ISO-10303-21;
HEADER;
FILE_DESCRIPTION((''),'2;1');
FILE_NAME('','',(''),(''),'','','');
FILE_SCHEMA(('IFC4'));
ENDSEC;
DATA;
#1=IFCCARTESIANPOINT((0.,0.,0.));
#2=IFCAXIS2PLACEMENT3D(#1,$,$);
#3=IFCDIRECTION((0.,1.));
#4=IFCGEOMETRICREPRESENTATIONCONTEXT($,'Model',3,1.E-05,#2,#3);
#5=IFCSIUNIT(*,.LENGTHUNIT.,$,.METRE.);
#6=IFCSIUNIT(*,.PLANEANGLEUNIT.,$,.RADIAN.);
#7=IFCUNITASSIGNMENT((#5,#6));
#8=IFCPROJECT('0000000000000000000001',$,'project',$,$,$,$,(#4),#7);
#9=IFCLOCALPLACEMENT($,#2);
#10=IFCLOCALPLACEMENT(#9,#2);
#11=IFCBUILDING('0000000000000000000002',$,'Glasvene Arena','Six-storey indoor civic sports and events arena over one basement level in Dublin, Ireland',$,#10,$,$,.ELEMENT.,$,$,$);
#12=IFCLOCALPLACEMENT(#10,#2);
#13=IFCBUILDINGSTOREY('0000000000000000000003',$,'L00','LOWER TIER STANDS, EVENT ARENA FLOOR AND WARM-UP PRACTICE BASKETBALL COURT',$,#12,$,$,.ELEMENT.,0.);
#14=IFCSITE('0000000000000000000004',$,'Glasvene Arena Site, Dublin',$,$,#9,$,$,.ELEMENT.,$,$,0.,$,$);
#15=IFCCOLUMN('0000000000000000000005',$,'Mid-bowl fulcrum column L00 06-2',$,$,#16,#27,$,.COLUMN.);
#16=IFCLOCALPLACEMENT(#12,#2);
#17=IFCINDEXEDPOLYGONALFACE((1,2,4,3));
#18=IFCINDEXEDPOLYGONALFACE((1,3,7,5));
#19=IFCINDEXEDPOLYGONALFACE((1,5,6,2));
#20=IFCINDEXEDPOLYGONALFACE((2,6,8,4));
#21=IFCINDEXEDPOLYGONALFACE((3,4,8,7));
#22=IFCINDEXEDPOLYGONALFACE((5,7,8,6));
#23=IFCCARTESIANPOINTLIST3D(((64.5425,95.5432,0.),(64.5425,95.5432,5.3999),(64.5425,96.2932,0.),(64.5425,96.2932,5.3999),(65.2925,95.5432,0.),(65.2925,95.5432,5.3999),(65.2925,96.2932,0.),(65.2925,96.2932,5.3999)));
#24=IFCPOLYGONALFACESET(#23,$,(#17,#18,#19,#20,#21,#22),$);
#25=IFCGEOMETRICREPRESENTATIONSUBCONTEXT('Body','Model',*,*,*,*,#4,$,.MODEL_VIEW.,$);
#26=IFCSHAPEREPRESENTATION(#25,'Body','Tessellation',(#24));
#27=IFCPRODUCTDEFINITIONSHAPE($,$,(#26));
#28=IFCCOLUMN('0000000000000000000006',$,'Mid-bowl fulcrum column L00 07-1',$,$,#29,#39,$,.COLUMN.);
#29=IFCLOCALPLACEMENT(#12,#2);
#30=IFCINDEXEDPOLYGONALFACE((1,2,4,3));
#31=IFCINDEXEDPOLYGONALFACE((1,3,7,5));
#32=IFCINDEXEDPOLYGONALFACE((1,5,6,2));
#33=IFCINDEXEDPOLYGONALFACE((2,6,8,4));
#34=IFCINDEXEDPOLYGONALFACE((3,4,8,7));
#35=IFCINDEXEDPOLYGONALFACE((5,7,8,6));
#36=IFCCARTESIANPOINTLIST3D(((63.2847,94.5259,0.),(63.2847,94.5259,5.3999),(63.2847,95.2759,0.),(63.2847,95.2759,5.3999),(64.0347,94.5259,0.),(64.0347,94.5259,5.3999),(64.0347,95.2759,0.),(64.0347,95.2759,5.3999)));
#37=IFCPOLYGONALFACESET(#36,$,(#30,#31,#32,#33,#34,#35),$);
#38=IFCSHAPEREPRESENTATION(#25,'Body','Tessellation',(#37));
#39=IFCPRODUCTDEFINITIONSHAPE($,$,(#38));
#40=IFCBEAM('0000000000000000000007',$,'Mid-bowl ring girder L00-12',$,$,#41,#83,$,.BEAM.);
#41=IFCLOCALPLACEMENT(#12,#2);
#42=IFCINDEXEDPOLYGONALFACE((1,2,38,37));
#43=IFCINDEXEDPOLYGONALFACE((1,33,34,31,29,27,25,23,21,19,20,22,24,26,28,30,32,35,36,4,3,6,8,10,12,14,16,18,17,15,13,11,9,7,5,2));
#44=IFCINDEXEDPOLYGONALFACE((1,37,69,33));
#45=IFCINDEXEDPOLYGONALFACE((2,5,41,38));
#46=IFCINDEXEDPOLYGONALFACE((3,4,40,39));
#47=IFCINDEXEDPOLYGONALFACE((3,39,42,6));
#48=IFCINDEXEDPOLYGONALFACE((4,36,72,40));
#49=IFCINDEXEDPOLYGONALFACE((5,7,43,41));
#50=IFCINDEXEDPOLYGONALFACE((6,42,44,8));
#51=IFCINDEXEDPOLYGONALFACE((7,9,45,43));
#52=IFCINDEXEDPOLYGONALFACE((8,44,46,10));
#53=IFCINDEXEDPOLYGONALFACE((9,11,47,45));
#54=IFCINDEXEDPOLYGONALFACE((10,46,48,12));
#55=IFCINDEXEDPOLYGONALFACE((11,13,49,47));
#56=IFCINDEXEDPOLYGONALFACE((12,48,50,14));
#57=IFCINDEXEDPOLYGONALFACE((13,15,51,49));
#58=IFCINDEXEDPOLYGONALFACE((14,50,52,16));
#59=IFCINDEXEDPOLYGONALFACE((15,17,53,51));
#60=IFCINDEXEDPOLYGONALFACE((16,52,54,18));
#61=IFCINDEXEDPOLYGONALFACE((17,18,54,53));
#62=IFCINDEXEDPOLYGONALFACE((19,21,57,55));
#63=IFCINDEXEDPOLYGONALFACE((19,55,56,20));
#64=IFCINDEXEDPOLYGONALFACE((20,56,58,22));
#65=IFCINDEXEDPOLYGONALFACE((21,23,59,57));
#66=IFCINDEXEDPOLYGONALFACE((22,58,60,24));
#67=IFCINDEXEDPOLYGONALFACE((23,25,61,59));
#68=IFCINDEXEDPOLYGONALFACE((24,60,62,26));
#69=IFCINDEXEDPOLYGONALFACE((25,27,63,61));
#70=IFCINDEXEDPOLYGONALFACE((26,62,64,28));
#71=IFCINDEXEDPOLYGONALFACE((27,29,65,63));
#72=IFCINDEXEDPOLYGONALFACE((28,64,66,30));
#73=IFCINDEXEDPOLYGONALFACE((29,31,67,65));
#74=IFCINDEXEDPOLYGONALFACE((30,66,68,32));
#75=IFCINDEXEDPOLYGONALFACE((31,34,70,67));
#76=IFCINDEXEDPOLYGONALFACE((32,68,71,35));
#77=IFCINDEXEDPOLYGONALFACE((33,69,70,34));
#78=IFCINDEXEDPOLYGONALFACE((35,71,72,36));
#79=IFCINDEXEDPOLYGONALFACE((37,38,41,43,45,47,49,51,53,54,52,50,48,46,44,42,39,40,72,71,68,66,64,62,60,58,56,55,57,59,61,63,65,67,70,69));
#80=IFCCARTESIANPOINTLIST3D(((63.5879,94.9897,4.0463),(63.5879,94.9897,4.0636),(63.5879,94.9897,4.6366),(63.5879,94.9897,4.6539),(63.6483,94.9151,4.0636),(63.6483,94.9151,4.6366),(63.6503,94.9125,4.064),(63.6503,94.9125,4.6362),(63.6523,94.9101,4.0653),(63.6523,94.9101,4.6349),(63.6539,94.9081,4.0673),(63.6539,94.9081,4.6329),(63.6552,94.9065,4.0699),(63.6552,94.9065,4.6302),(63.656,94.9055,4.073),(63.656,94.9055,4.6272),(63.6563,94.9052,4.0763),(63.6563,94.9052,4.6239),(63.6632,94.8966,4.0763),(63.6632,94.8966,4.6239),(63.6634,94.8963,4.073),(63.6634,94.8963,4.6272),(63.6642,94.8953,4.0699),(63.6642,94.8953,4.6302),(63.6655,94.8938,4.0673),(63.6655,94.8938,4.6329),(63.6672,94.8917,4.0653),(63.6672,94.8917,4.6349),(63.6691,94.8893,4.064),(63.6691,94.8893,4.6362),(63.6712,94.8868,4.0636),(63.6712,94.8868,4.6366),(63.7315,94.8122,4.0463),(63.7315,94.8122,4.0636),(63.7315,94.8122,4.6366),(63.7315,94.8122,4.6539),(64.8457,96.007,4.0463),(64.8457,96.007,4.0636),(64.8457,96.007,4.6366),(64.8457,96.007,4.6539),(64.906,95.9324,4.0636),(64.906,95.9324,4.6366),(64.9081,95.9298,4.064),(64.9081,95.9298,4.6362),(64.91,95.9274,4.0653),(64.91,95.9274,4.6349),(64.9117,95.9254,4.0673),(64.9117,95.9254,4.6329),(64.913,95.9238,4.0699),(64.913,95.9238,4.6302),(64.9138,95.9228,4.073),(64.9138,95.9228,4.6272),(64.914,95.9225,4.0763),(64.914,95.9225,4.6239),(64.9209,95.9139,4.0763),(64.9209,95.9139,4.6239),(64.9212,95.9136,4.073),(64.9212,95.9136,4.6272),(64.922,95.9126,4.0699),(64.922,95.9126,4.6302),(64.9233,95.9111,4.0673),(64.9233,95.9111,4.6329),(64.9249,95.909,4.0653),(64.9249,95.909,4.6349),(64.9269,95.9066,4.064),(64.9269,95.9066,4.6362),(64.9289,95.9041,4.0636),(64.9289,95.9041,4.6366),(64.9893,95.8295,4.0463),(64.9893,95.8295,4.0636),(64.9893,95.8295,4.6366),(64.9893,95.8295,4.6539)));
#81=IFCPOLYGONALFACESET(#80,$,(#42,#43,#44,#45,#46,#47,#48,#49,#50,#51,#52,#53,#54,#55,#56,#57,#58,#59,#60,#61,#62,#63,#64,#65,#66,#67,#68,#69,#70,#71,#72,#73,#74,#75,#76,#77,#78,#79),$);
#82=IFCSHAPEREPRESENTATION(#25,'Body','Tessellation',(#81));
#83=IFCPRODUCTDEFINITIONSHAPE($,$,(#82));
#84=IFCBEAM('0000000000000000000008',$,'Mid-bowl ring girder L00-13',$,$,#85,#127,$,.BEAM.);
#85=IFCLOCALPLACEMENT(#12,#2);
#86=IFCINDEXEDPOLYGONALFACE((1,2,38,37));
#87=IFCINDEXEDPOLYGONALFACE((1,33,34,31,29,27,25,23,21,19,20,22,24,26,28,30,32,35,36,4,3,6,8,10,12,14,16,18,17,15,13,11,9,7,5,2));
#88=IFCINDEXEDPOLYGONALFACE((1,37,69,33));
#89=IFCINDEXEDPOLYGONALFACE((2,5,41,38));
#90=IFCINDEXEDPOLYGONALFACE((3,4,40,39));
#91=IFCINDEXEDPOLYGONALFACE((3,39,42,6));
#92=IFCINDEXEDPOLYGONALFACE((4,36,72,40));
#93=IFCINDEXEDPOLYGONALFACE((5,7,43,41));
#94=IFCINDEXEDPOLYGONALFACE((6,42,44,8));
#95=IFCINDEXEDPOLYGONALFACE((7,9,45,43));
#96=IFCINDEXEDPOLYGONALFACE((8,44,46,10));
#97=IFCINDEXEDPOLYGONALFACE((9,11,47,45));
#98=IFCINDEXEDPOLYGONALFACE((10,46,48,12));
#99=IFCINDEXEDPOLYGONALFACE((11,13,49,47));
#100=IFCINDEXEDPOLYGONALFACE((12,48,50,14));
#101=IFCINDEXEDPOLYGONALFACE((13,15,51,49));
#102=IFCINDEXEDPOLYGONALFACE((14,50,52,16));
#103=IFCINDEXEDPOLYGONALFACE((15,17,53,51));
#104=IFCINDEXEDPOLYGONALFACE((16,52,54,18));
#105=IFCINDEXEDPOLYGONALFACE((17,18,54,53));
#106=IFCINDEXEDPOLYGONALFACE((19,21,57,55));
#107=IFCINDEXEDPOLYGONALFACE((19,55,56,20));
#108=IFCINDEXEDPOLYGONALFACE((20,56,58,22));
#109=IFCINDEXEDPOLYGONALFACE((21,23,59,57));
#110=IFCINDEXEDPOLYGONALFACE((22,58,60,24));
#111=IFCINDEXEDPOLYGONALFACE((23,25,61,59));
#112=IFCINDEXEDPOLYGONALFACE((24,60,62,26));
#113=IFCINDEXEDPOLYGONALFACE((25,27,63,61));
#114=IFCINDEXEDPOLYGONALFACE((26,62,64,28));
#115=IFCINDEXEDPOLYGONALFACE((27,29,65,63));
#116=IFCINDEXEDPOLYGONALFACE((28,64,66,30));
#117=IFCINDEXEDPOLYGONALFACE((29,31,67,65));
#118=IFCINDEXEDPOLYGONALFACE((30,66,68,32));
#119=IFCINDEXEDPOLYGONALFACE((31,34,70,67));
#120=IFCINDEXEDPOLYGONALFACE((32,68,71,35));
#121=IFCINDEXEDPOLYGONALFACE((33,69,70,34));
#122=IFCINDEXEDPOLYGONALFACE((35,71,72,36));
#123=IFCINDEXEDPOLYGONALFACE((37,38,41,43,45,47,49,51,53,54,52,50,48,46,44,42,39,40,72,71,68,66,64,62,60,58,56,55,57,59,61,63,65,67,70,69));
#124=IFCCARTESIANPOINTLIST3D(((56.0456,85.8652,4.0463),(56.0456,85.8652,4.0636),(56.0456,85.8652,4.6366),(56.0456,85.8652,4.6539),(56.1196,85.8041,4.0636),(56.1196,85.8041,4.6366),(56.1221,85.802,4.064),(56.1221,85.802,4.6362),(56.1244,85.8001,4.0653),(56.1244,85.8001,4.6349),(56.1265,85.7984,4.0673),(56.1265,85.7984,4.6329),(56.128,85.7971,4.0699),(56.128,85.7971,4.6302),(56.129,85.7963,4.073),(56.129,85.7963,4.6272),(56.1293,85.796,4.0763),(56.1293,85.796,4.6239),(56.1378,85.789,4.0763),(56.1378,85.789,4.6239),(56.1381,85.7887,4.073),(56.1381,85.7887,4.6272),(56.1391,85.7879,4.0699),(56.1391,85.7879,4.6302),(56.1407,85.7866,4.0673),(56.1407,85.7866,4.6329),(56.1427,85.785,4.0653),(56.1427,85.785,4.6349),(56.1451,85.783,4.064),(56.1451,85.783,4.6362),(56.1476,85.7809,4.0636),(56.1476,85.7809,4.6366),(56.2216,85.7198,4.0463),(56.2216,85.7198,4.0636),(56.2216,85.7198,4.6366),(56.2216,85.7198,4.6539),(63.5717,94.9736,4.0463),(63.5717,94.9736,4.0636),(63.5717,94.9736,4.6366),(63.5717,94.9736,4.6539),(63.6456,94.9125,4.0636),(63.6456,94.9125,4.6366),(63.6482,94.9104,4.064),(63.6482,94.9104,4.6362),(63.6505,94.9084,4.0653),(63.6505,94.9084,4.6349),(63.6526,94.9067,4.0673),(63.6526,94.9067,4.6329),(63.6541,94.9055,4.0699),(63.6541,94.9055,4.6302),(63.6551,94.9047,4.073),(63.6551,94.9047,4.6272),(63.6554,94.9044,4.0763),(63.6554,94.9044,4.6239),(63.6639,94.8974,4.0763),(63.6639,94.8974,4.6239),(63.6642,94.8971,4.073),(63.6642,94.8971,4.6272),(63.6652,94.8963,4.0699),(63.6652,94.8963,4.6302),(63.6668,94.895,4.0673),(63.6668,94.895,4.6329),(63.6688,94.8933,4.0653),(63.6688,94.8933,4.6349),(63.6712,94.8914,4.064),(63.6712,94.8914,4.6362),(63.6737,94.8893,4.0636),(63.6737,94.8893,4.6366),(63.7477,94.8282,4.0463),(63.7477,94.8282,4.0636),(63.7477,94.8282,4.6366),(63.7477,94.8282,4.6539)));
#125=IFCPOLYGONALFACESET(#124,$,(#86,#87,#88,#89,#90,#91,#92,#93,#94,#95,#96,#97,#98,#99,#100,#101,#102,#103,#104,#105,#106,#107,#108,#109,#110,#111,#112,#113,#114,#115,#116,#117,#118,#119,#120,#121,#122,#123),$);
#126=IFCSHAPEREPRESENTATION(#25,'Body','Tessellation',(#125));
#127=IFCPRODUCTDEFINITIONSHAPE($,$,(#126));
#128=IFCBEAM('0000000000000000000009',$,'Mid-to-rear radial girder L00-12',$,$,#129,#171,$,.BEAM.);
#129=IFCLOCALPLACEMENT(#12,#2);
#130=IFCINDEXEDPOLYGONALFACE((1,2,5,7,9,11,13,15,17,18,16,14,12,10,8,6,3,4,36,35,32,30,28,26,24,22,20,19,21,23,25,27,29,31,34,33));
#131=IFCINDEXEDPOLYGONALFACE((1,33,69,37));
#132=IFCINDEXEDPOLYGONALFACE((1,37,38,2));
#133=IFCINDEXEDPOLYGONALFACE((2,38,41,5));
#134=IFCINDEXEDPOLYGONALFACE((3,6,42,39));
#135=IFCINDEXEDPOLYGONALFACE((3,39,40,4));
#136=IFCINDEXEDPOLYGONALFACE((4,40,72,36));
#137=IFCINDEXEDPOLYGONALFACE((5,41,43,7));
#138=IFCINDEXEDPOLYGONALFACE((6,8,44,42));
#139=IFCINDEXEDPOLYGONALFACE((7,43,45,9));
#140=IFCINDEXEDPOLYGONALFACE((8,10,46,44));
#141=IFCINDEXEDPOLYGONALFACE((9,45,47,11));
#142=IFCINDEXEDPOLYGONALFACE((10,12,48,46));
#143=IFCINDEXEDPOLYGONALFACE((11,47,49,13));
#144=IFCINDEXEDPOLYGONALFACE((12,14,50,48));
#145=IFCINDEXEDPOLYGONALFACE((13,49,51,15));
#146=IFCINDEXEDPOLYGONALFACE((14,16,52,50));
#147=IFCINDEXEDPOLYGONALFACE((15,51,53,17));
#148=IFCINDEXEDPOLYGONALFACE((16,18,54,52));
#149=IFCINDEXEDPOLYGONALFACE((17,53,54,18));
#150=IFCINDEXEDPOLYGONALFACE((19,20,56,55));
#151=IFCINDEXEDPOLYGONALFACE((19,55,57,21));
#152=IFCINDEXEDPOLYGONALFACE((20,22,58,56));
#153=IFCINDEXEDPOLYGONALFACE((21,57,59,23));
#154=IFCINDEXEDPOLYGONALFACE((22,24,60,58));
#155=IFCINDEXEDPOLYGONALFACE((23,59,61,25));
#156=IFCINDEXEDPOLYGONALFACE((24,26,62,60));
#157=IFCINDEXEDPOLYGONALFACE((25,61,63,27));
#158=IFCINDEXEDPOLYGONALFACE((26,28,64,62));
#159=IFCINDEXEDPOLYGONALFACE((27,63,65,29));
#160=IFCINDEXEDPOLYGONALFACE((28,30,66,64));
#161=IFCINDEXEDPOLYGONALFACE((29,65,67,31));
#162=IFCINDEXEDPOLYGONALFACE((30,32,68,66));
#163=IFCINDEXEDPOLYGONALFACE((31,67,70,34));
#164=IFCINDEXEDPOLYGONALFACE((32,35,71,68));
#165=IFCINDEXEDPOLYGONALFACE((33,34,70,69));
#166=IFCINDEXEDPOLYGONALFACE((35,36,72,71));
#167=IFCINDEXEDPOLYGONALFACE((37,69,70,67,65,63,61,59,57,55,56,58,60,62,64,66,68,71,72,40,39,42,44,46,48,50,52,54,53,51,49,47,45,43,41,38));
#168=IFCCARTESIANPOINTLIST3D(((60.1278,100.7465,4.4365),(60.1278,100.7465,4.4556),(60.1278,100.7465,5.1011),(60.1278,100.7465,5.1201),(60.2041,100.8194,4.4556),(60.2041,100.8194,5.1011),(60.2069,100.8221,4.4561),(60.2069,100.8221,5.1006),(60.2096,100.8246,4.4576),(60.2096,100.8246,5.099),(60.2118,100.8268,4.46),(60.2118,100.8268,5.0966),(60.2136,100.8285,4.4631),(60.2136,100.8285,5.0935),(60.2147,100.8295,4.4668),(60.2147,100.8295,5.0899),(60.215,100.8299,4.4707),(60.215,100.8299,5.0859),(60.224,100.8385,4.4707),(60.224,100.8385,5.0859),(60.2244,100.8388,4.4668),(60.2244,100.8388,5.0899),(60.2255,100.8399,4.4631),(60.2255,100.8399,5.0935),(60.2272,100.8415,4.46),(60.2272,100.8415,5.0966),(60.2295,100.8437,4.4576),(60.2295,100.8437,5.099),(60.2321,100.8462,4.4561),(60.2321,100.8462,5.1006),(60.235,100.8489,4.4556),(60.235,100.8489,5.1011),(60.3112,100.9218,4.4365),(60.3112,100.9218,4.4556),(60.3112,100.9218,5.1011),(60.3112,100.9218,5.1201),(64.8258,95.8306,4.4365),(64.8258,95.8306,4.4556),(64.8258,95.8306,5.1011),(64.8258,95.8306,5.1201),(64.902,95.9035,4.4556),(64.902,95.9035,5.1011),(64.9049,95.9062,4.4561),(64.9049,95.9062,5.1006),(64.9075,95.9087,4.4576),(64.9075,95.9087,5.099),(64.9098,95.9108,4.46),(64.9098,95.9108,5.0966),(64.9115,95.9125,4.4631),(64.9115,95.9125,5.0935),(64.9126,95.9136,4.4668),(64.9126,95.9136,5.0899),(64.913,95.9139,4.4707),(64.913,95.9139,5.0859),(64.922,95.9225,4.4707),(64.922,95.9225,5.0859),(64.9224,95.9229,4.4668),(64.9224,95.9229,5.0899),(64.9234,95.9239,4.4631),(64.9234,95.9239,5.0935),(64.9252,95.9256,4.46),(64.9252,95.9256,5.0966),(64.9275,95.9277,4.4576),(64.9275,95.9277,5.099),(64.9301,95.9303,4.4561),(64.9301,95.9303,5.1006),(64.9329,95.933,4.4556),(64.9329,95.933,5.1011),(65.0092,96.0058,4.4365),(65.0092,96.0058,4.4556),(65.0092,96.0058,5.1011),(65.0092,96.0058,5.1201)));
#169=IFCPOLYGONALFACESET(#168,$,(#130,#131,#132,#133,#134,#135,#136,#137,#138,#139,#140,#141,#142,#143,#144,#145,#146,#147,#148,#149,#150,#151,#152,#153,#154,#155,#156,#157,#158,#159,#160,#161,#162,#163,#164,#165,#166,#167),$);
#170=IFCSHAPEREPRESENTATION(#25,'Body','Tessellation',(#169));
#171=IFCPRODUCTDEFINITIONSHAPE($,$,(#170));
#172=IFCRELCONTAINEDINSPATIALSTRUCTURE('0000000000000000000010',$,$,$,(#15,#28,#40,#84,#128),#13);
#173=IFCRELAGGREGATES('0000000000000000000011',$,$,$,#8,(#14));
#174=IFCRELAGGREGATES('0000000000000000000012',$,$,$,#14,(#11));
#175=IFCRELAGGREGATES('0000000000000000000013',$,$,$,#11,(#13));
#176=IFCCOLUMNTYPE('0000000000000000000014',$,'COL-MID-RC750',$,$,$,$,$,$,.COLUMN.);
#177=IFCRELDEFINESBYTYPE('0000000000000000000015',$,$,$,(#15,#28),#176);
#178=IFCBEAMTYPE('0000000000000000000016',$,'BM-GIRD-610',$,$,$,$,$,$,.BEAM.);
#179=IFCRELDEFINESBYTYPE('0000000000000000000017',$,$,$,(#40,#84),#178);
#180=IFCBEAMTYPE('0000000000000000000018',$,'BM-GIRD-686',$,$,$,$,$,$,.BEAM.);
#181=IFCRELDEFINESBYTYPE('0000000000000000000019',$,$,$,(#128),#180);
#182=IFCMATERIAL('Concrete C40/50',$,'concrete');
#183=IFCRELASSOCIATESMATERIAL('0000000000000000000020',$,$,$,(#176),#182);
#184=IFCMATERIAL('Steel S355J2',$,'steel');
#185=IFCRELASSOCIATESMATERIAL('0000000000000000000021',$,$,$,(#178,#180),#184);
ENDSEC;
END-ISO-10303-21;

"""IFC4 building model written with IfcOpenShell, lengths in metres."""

from ifc_helpers import new_model, si_unit, direction, frame, origin, origin_2d, place, context, subcontext, project, spatial, rectangle, i_section, extrude, material, material_profile, profile_set, type_object, element, save


model = new_model("IFC4")

# Units and contexts
model_context = context("Model", 3, precision=1e-05, world=origin(), true_north=direction((0.0, 1.0)))
body_context = subcontext(model_context, "Body", "Model", "MODEL_VIEW")
ifc_project = project(units=[si_unit("LENGTHUNIT", "METRE"), si_unit("PLANEANGLEUNIT", "RADIAN")], contexts=[model_context])

# Site, building, storey
site_placement = place(None, origin())
site = spatial("IfcSite", under=ifc_project, at=site_placement, Name="Glasvene Arena Site, Dublin", CompositionType="ELEMENT", RefElevation=0.0)
building_placement = place(site_placement, origin())
building = spatial("IfcBuilding", under=site, at=building_placement, Name="Glasvene Arena", Description="Six-storey indoor civic sports and events arena over one basement level in Dublin, Ireland", CompositionType="ELEMENT")
storey_placement = place(building_placement, origin())
storey = spatial("IfcBuildingStorey", under=building, at=storey_placement, Name="L00", Description="LOWER TIER STANDS, EVENT ARENA FLOOR AND WARM-UP PRACTICE BASKETBALL COURT", CompositionType="ELEMENT", Elevation=0.0)

# Columns
ifc_material_1 = material(Name="Concrete C40/50", Category="concrete")
ifc_material_profile_1 = material_profile(ifc_material_1, rectangle(XDim=0.75, YDim=0.75, at=origin_2d()), Name="RC 750x750")
ifc_profile_set_1 = profile_set([ifc_material_profile_1], Name="Concrete C40/50")
column_type = type_object("IfcColumnType", Name="COL-MID-RC750", PredefinedType="COLUMN", material=ifc_profile_set_1)
for number, where, z_axis, x_axis, name in (
    (1, (64.9175, 95.9182, 0.0), (0.0, 0.0, 1.0), (1.0, 0.0, 0.0), "Mid-bowl fulcrum column L00 06-2"),
    (2, (63.6597, 94.9009, 0.0), (0.0, 0.0, 1.0), (1.0, 0.0, 0.0), "Mid-bowl fulcrum column L00 07-1"),
):
    element("IfcColumn", number, at=place(storey_placement, frame(where, z_axis=z_axis, x_axis=x_axis)), inside=storey, type_object=column_type, Name=name, PredefinedType="COLUMN", context=body_context, shape_type="SweptSolid", body=[
        extrude(rectangle(XDim=0.75, YDim=0.75, at=origin_2d()), origin(), (0.0, 0.0, 1.0), 5.3999),
    ])

# Beams
ifc_material_2 = material(Name="Steel S355J2", Category="steel")
ifc_material_profile_2 = material_profile(ifc_material_2, i_section(OverallWidth=0.2283, OverallDepth=0.6077, WebThickness=0.011, FlangeThickness=0.0173, FilletRadius=0.0127, at=origin_2d()), Name="UKB 610x229x113")
ifc_profile_set_2 = profile_set([ifc_material_profile_2], Name="Steel S355J2")
beam_type_1 = type_object("IfcBeamType", Name="BM-GIRD-610", PredefinedType="BEAM", material=ifc_profile_set_2)
beam_1_placement = place(storey_placement, frame((64.9175, 95.9182, 4.3501), z_axis=(-0.777515, -0.628864, 0.0), x_axis=(0.628864, -0.777515, 0.0)))
element("IfcBeam", 3, at=beam_1_placement, inside=storey, type_object=beam_type_1, Name="Mid-bowl ring girder L00-12", PredefinedType="BEAM", context=body_context, shape_type="SweptSolid", body=[
    extrude(i_section(OverallWidth=0.2283, OverallDepth=0.6077, WebThickness=0.011, FlangeThickness=0.0173, FilletRadius=0.0127, at=origin_2d()), origin(), (0.0, 0.0, 1.0), 1.6177),
])
beam_2_placement = place(storey_placement, frame((63.6597, 94.9009, 4.3501), z_axis=(-0.636972, -0.770887, 0.0), x_axis=(0.770887, -0.636972, 0.0)))
element("IfcBeam", 4, at=beam_2_placement, inside=storey, type_object=beam_type_1, Name="Mid-bowl ring girder L00-13", PredefinedType="BEAM", context=body_context, shape_type="SweptSolid", body=[
    extrude(i_section(OverallWidth=0.2283, OverallDepth=0.6077, WebThickness=0.011, FlangeThickness=0.0173, FilletRadius=0.0127, at=origin_2d()), origin(), (0.0, 0.0, 1.0), 11.8154),
])
ifc_material_profile_3 = material_profile(ifc_material_2, i_section(OverallWidth=0.2537, OverallDepth=0.6836, WebThickness=0.0125, FlangeThickness=0.019, FilletRadius=0.0151, at=origin_2d()), Name="UKB 686x254x140")
ifc_profile_set_3 = profile_set([ifc_material_profile_3], Name="Steel S355J2")
beam_type_2 = type_object("IfcBeamType", Name="BM-GIRD-686", PredefinedType="BEAM", material=ifc_profile_set_3)
beam_3_placement = place(storey_placement, frame((64.9175, 95.9182, 4.7783), z_axis=(-0.690894, 0.722956, 0.0), x_axis=(-0.722956, -0.690894, 0.0)))
element("IfcBeam", 5, at=beam_3_placement, inside=storey, type_object=beam_type_2, Name="Mid-to-rear radial girder L00-12", PredefinedType="BEAM", context=body_context, shape_type="SweptSolid", body=[
    extrude(i_section(OverallWidth=0.2537, OverallDepth=0.6836, WebThickness=0.0125, FlangeThickness=0.019, FilletRadius=0.0151, at=origin_2d()), origin(), (0.0, 0.0, 1.0), 6.7998),
])

save(model, "model.ifc")
